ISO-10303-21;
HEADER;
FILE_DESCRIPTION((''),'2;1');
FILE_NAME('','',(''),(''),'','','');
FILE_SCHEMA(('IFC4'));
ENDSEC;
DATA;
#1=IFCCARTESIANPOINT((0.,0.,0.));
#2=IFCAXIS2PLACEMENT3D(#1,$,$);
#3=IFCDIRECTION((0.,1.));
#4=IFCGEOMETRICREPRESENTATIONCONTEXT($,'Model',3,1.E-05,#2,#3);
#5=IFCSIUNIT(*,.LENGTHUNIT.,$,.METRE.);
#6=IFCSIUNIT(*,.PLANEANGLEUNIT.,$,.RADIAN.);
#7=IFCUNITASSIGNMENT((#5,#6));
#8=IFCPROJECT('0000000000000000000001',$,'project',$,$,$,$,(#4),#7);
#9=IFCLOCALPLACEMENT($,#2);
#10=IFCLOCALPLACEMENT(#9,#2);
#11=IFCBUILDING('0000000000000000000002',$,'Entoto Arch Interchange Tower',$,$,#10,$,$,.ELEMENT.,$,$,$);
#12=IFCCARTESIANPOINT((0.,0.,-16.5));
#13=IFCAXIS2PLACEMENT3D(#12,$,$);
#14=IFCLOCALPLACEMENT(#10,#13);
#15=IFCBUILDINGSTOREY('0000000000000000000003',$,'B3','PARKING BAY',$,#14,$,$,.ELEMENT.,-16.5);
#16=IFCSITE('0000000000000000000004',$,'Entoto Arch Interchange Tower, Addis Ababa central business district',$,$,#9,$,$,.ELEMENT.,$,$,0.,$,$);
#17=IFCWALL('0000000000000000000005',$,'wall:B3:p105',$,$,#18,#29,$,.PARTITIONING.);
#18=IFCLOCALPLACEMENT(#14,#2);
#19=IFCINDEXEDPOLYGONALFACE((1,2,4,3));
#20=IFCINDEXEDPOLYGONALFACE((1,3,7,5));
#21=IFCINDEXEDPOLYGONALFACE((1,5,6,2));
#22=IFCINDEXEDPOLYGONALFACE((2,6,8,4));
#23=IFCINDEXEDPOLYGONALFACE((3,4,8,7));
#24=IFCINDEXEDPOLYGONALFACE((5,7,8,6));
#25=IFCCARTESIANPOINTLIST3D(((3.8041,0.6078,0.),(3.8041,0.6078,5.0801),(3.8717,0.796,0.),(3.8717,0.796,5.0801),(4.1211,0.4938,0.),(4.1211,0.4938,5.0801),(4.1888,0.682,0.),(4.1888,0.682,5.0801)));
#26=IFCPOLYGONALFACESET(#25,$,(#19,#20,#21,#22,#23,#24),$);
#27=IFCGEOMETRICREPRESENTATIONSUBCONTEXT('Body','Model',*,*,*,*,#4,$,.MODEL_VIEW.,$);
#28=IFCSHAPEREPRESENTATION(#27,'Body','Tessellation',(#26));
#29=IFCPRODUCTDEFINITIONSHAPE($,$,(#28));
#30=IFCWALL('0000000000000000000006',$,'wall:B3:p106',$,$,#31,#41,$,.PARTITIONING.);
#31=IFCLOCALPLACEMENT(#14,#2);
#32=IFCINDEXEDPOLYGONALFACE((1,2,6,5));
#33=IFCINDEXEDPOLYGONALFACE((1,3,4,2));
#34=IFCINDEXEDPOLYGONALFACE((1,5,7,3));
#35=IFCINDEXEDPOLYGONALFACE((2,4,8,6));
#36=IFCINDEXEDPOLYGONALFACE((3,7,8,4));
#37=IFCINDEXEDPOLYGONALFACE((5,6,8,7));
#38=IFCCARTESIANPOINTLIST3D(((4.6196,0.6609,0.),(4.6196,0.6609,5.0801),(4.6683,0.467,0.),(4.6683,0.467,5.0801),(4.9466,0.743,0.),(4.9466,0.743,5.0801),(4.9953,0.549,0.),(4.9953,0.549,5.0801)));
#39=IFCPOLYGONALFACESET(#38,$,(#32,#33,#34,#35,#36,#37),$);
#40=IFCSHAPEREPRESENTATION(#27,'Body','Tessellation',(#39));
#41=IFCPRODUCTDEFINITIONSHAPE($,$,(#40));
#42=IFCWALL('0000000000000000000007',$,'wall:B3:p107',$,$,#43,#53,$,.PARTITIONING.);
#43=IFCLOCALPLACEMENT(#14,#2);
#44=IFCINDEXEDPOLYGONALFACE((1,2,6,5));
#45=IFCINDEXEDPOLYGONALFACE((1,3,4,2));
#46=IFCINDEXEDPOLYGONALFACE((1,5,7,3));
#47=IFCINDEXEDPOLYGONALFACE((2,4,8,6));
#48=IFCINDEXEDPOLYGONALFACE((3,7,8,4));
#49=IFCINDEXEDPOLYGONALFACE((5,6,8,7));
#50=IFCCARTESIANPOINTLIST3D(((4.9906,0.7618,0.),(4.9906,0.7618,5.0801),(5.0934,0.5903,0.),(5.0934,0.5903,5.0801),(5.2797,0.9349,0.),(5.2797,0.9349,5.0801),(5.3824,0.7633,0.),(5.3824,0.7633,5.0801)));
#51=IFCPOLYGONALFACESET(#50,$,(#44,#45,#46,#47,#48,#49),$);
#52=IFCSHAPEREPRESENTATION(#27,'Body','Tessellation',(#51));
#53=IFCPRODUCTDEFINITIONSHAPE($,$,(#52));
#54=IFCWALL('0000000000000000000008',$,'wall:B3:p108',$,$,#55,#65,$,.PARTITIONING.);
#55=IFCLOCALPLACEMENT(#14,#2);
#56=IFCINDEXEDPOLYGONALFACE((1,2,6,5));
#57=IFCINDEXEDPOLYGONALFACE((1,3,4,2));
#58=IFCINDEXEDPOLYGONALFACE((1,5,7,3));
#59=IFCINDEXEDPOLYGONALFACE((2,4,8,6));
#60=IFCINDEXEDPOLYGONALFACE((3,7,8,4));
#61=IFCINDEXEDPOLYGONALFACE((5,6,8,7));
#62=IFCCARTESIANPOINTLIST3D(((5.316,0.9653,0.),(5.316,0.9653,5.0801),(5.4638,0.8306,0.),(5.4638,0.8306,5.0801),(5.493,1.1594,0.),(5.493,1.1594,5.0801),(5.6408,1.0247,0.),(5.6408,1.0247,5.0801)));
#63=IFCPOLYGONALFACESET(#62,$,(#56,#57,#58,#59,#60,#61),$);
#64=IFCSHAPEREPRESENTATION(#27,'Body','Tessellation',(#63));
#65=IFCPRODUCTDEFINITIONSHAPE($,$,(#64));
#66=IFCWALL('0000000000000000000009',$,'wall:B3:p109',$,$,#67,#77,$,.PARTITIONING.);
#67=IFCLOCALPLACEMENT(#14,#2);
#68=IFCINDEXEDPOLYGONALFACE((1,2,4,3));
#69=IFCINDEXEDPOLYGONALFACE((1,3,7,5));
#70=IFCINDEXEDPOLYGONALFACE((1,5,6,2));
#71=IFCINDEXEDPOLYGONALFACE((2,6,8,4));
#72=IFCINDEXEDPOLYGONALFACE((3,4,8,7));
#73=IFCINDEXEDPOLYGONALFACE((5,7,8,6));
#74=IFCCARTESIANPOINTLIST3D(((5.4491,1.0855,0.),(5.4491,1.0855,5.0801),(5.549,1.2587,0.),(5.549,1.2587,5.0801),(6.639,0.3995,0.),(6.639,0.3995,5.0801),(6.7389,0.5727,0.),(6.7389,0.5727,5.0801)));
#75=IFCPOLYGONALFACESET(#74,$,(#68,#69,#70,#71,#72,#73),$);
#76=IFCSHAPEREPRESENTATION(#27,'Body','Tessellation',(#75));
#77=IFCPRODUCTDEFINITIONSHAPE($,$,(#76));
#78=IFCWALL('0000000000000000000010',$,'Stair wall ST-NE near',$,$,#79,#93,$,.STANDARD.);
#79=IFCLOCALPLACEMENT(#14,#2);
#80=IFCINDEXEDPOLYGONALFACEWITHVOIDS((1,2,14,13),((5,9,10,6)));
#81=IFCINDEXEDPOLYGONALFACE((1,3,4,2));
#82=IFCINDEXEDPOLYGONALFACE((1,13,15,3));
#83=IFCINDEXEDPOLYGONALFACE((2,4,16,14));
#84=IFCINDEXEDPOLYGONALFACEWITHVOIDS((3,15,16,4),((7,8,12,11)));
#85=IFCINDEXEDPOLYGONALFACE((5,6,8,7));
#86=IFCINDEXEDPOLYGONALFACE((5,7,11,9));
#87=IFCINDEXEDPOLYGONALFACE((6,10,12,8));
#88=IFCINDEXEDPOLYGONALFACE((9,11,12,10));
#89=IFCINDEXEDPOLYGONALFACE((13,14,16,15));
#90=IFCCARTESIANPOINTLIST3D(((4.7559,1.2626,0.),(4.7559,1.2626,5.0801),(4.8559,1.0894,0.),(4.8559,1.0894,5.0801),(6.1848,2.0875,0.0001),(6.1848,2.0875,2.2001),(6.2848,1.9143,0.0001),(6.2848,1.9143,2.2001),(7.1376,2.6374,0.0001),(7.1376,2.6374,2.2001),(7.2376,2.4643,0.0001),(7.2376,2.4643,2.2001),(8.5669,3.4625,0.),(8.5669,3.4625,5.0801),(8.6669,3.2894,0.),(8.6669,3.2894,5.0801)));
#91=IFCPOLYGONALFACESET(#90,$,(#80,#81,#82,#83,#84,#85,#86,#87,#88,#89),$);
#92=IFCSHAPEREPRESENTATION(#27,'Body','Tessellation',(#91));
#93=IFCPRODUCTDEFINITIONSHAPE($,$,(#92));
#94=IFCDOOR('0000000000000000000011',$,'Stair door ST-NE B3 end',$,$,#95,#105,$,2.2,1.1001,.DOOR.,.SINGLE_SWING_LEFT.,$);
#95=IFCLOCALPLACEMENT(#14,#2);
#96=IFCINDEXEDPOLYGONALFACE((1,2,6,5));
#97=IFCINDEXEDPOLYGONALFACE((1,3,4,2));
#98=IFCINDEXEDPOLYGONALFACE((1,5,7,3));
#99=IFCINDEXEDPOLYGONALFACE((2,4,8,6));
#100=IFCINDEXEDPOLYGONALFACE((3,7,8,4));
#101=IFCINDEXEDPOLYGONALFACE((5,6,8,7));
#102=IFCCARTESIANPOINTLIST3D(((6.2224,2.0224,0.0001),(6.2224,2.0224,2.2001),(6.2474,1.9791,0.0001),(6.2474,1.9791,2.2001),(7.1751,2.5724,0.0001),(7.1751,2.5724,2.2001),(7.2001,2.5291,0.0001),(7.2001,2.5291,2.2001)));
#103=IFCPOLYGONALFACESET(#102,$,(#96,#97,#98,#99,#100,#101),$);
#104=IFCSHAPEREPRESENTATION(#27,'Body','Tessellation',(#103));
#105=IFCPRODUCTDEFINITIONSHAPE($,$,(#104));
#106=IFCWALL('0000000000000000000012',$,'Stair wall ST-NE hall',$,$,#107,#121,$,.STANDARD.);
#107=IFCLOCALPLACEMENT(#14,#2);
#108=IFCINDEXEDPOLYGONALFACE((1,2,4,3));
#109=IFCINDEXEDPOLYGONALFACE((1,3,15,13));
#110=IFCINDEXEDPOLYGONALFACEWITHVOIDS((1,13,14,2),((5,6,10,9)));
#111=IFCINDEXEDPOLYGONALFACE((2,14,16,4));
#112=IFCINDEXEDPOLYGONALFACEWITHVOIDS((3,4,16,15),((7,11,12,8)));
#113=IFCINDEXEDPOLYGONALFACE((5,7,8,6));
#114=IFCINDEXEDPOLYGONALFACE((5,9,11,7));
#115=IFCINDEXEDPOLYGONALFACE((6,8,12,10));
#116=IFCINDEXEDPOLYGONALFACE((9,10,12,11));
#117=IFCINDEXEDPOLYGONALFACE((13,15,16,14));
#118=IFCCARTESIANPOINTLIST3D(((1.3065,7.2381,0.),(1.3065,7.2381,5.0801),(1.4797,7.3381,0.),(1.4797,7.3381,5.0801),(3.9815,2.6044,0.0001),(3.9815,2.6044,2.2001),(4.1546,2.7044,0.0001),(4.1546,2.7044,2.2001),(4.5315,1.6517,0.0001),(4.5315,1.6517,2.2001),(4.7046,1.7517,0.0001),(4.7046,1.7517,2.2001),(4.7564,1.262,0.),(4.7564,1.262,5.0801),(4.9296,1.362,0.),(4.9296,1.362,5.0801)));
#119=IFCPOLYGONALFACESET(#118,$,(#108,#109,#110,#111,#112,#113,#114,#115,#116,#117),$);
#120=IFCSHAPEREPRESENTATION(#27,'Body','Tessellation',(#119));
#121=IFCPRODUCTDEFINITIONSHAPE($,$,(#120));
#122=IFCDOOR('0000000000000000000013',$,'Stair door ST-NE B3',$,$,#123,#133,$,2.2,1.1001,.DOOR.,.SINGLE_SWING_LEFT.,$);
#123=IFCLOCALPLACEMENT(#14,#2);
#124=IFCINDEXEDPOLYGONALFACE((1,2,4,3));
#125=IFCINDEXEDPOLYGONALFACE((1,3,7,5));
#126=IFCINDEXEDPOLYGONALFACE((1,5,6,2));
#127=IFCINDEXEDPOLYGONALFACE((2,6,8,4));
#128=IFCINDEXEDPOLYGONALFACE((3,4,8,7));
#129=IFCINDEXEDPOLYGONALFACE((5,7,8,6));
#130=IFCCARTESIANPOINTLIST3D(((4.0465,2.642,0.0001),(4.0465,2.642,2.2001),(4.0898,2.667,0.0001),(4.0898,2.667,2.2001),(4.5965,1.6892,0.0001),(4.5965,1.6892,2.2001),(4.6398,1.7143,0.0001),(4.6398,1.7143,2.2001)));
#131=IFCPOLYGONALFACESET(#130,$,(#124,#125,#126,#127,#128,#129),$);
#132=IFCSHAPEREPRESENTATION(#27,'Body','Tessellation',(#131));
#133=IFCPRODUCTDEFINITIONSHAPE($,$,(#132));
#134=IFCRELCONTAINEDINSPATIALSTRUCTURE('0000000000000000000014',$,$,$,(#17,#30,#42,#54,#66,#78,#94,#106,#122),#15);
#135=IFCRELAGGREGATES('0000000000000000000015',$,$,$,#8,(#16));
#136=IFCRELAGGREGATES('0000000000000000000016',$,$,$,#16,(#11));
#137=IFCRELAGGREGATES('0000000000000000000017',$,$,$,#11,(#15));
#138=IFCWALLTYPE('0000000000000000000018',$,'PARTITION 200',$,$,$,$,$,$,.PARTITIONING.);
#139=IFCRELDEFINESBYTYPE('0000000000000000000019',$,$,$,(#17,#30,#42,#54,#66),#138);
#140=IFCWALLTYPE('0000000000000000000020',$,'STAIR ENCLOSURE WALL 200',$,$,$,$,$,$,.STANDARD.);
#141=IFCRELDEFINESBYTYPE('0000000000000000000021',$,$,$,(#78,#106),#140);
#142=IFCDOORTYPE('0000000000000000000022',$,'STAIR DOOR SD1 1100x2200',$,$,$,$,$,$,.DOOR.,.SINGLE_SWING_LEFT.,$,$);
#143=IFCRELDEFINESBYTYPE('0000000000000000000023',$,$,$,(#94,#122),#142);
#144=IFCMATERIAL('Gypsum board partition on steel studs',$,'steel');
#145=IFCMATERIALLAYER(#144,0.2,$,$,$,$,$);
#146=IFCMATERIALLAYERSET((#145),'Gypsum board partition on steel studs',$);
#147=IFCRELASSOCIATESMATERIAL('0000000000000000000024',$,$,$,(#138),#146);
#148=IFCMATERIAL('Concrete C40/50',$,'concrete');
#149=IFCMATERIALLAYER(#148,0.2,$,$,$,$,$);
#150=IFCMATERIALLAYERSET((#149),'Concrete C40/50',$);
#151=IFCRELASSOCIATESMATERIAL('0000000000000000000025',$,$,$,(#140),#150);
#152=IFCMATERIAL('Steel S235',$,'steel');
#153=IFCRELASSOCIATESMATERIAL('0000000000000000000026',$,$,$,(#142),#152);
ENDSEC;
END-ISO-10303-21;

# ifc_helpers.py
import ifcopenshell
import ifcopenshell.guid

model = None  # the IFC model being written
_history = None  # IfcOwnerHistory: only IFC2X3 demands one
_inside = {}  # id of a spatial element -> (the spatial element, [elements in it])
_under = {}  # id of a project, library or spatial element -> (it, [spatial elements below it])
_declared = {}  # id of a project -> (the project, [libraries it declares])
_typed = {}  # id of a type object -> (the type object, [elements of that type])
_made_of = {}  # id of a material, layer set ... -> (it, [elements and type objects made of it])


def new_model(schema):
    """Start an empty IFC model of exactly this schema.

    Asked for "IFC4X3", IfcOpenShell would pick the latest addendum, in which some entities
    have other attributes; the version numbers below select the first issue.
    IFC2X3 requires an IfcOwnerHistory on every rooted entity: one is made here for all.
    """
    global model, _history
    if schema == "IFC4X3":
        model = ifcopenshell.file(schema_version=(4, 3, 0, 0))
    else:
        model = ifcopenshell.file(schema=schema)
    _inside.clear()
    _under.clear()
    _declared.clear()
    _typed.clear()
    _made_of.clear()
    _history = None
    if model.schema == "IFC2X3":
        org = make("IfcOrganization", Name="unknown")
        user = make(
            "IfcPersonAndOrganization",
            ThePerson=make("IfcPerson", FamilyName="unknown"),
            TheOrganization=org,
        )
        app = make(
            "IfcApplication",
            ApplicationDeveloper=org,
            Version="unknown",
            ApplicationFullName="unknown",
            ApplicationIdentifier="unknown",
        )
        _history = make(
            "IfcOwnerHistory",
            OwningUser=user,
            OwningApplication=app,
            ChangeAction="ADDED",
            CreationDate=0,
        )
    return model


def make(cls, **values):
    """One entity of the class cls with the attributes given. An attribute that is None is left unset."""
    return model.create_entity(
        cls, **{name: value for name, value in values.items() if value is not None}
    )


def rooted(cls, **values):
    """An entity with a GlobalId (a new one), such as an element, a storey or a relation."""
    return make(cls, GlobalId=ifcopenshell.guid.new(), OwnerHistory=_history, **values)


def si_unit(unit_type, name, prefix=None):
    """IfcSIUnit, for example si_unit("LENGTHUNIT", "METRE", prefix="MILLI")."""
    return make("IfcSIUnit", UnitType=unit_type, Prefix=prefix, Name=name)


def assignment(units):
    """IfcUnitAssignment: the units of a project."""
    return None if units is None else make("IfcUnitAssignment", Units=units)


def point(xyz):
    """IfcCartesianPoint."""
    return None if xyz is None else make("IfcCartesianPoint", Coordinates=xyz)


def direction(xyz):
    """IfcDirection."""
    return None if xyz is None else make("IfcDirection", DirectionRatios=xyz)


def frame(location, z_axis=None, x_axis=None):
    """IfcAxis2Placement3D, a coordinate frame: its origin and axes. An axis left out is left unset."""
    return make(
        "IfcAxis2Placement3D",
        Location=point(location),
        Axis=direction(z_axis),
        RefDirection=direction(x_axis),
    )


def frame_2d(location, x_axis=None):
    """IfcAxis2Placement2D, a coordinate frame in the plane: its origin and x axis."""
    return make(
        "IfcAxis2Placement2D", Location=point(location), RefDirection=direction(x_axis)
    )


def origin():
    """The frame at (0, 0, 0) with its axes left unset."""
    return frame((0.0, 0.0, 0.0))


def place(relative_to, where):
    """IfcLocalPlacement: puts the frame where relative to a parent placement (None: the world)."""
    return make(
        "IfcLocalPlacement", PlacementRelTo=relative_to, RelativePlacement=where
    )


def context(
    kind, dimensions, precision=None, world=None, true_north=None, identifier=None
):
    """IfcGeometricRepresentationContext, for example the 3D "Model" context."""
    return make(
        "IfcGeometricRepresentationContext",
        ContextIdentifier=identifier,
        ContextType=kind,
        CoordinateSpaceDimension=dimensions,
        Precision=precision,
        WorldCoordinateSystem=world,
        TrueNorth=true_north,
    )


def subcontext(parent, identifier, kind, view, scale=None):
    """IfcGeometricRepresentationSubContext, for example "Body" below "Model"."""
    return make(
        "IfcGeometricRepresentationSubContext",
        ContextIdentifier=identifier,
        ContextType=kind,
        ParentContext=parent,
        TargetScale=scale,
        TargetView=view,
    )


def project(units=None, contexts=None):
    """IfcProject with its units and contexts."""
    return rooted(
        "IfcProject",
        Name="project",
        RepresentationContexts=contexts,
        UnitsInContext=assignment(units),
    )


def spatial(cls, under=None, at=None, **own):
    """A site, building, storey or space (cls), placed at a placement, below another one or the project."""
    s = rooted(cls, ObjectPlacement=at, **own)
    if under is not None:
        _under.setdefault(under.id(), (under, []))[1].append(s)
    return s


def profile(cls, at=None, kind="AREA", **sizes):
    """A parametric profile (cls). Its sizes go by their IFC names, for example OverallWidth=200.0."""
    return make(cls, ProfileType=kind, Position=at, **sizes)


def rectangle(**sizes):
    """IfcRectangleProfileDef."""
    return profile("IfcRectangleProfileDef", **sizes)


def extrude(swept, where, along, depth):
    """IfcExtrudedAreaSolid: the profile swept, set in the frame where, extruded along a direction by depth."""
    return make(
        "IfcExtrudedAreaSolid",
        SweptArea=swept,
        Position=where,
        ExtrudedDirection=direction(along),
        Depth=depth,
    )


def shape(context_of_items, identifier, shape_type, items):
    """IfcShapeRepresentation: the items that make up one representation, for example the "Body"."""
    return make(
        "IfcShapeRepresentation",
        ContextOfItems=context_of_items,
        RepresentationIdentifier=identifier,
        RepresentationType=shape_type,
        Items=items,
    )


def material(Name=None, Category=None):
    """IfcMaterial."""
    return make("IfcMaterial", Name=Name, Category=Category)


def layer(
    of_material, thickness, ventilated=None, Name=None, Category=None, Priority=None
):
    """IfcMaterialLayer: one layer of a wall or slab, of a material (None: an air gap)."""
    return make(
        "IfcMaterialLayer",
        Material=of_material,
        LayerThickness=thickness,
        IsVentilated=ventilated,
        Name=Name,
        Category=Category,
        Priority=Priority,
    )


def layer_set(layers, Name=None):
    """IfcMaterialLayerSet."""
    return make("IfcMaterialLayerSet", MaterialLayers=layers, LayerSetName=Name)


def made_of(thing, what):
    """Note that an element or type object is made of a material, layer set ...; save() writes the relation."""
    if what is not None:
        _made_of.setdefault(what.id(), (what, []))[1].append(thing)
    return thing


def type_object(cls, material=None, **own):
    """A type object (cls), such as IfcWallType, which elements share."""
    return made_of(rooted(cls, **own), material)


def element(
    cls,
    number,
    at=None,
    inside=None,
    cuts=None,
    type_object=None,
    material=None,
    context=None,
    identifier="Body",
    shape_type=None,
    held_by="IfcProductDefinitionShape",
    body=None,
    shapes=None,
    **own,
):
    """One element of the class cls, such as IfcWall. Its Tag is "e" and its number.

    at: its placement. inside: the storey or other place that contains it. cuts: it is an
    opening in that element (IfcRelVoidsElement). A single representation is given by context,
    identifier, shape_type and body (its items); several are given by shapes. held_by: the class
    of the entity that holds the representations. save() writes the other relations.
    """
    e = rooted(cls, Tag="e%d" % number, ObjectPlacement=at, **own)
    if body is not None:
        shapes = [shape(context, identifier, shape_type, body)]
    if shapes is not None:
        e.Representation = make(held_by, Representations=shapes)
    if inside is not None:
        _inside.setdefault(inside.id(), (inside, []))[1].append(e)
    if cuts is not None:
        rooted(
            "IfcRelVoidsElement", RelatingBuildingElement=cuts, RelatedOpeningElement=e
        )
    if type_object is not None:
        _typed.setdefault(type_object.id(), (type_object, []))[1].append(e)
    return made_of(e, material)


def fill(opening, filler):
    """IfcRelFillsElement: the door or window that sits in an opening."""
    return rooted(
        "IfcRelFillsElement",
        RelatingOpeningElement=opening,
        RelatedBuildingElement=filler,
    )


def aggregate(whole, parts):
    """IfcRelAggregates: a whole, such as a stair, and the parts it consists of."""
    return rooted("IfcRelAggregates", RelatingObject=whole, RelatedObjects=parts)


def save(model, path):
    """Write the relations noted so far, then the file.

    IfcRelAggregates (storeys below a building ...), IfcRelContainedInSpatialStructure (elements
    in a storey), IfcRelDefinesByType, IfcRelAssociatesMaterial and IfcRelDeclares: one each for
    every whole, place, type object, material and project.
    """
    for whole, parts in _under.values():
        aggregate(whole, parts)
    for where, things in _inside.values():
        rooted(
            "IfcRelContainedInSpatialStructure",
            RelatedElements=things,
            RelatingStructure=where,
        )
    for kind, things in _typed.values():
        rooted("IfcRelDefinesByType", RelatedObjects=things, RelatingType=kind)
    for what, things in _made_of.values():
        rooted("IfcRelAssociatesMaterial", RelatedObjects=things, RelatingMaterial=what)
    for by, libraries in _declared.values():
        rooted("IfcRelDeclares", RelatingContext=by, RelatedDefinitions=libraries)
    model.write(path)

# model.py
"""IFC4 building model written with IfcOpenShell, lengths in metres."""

from ifc_helpers import new_model, si_unit, direction, frame, frame_2d, origin, place, context, subcontext, project, spatial, rectangle, extrude, material, layer, layer_set, type_object, element, fill, save


model = new_model("IFC4")

# Units and contexts
model_context = context("Model", 3, precision=1e-05, world=origin(), true_north=direction((0.0, 1.0)))
body_context = subcontext(model_context, "Body", "Model", "MODEL_VIEW")
ifc_project = project(units=[si_unit("LENGTHUNIT", "METRE"), si_unit("PLANEANGLEUNIT", "RADIAN")], contexts=[model_context])

# Site, building, storey
site_placement = place(None, origin())
site = spatial("IfcSite", under=ifc_project, at=site_placement, Name="Entoto Arch Interchange Tower, Addis Ababa central business district", CompositionType="ELEMENT", RefElevation=0.0)
building_placement = place(site_placement, origin())
building = spatial("IfcBuilding", under=site, at=building_placement, Name="Entoto Arch Interchange Tower", CompositionType="ELEMENT")
storey_placement = place(building_placement, frame((0.0, 0.0, -16.5)))
storey = spatial("IfcBuildingStorey", under=building, at=storey_placement, Name="B3", Description="PARKING BAY", CompositionType="ELEMENT", Elevation=-16.5)

# Shared definitions
ifc_material_1 = material(Name="Concrete C40/50", Category="concrete")

# Walls
ifc_material_2 = material(Name="Gypsum board partition on steel studs", Category="steel")
ifc_layer_1 = layer(ifc_material_2, 0.2)
ifc_layer_set_1 = layer_set([ifc_layer_1], Name="Gypsum board partition on steel studs")
wall_type_1 = type_object("IfcWallType", Name="PARTITION 200", PredefinedType="PARTITIONING", material=ifc_layer_set_1)
wall_1_placement = place(storey_placement, frame((3.8379, 0.7019, 0.0), z_axis=(0.0, 0.0, 1.0), x_axis=(0.941035, -0.338309, 0.0)))
element("IfcWall", 1, at=wall_1_placement, inside=storey, type_object=wall_type_1, Name="wall:B3:p105", PredefinedType="PARTITIONING", context=body_context, shape_type="SweptSolid", body=[
    extrude(rectangle(XDim=0.3369, YDim=0.2, at=frame_2d((0.1685, 0.0))), origin(), (0.0, 0.0, 1.0), 5.0801),
])
wall_2_placement = place(storey_placement, frame((4.644, 0.564, 0.0), z_axis=(0.0, 0.0, 1.0), x_axis=(0.969929, 0.243388, 0.0)))
element("IfcWall", 2, at=wall_2_placement, inside=storey, type_object=wall_type_1, Name="wall:B3:p106", PredefinedType="PARTITIONING", context=body_context, shape_type="SweptSolid", body=[
    extrude(rectangle(XDim=0.3372, YDim=0.2, at=frame_2d((0.1685, 0.0))), origin(), (0.0, 0.0, 1.0), 5.0801),
])
wall_3_placement = place(storey_placement, frame((5.042, 0.676, 0.0), z_axis=(0.0, 0.0, 1.0), x_axis=(0.85794, 0.51375, 0.0)))
element("IfcWall", 3, at=wall_3_placement, inside=storey, type_object=wall_type_1, Name="wall:B3:p107", PredefinedType="PARTITIONING", context=body_context, shape_type="SweptSolid", body=[
    extrude(rectangle(XDim=0.3369, YDim=0.2, at=frame_2d((0.1685, 0.0))), origin(), (0.0, 0.0, 1.0), 5.0801),
])
wall_4_placement = place(storey_placement, frame((5.3899, 0.8979, 0.0), z_axis=(0.0, 0.0, 1.0), x_axis=(0.673828, 0.738888, 0.0)))
element("IfcWall", 4, at=wall_4_placement, inside=storey, type_object=wall_type_1, Name="wall:B3:p108", PredefinedType="PARTITIONING", context=body_context, shape_type="SweptSolid", body=[
    extrude(rectangle(XDim=0.2627, YDim=0.2, at=frame_2d((0.1313, 0.0))), origin(), (0.0, 0.0, 1.0), 5.0801),
])
wall_5_placement = place(storey_placement, frame((5.499, 1.1721, 0.0), z_axis=(0.0, 0.0, 1.0), x_axis=(0.866334, -0.499466, 0.0)))
element("IfcWall", 5, at=wall_5_placement, inside=storey, type_object=wall_type_1, Name="wall:B3:p109", PredefinedType="PARTITIONING", context=body_context, shape_type="SweptSolid", body=[
    extrude(rectangle(XDim=1.3735, YDim=0.2, at=frame_2d((0.6868, 0.0))), origin(), (0.0, 0.0, 1.0), 5.0801),
])

# Walls, openings, doors
ifc_layer_2 = layer(ifc_material_1, 0.2)
ifc_layer_set_2 = layer_set([ifc_layer_2], Name="Concrete C40/50")
wall_type_2 = type_object("IfcWallType", Name="STAIR ENCLOSURE WALL 200", PredefinedType="STANDARD", material=ifc_layer_set_2)
wall_6_placement = place(storey_placement, frame((4.8059, 1.176, 0.0), z_axis=(0.0, 0.0, 1.0), x_axis=(0.86606, 0.49994, 0.0)))
wall_6 = element("IfcWall", 6, at=wall_6_placement, inside=storey, type_object=wall_type_2, Name="Stair wall ST-NE near", PredefinedType="STANDARD", context=body_context, shape_type="SweptSolid", body=[
    extrude(rectangle(XDim=4.4004, YDim=0.2, at=frame_2d((2.2002, 0.0))), origin(), (0.0, 0.0, 1.0), 5.0801),
])
opening_1_placement = place(wall_6_placement, frame((1.6499, 0.0, 0.0)))
opening_1 = element("IfcOpeningElement", 7, at=opening_1_placement, cuts=wall_6, PredefinedType="OPENING", context=body_context, shape_type="SweptSolid", body=[
    extrude(rectangle(XDim=1.1001, YDim=2.2, at=frame_2d((0.55, 1.1001))), frame((0.0, 0.1099, 0.0), z_axis=(0.0, -1.0, 0.0), x_axis=(1.0, 0.0, 0.0)), (0.0, 0.0, 1.0), 0.22),
])
ifc_material_3 = material(Name="Steel S235", Category="steel")
door_type = type_object("IfcDoorType", Name="STAIR DOOR SD1 1100x2200", OperationType="SINGLE_SWING_LEFT", PredefinedType="DOOR", material=ifc_material_3)
door_1_placement = place(opening_1_placement, origin())
door_1 = element("IfcDoor", 8, at=door_1_placement, inside=storey, type_object=door_type, Name="Stair door ST-NE B3 end", OperationType="SINGLE_SWING_LEFT", OverallHeight=2.2, OverallWidth=1.1001, PredefinedType="DOOR", context=body_context, shape_type="SweptSolid", body=[
    extrude(rectangle(XDim=1.1001, YDim=2.2, at=frame_2d((0.55, 1.1001))), frame((0.0, 0.0249, 0.0), z_axis=(0.0, -1.0, 0.0), x_axis=(1.0, 0.0, 0.0)), (0.0, 0.0, 1.0), 0.05),
])
fill(opening_1, door_1)
wall_7_placement = place(storey_placement, frame((4.843, 1.312, 0.0), z_axis=(0.0, 0.0, 1.0), x_axis=(-0.499963, 0.866047, 0.0)))
wall_7 = element("IfcWall", 9, at=wall_7_placement, inside=storey, type_object=wall_type_2, Name="Stair wall ST-NE hall", PredefinedType="STANDARD", context=body_context, shape_type="SweptSolid", body=[
    extrude(rectangle(XDim=6.9004, YDim=0.2, at=frame_2d((3.4502, 0.0))), origin(), (0.0, 0.0, 1.0), 5.0801),
])
opening_2_placement = place(wall_7_placement, frame((0.45, 0.0, 0.0)))
opening_2 = element("IfcOpeningElement", 10, at=opening_2_placement, cuts=wall_7, PredefinedType="OPENING", context=body_context, shape_type="SweptSolid", body=[
    extrude(rectangle(XDim=1.1001, YDim=2.2, at=frame_2d((0.55, 1.1001))), frame((0.0, 0.1099, 0.0), z_axis=(0.0, -1.0, 0.0), x_axis=(1.0, 0.0, 0.0)), (0.0, 0.0, 1.0), 0.22),
])
door_2_placement = place(opening_2_placement, origin())
door_2 = element("IfcDoor", 11, at=door_2_placement, inside=storey, type_object=door_type, Name="Stair door ST-NE B3", OperationType="SINGLE_SWING_LEFT", OverallHeight=2.2, OverallWidth=1.1001, PredefinedType="DOOR", context=body_context, shape_type="SweptSolid", body=[
    extrude(rectangle(XDim=1.1001, YDim=2.2, at=frame_2d((0.55, 1.1001))), frame((0.0, 0.0249, 0.0), z_axis=(0.0, -1.0, 0.0), x_axis=(1.0, 0.0, 0.0)), (0.0, 0.0, 1.0), 0.05),
])
fill(opening_2, door_2)

save(model, "model.ifc")
